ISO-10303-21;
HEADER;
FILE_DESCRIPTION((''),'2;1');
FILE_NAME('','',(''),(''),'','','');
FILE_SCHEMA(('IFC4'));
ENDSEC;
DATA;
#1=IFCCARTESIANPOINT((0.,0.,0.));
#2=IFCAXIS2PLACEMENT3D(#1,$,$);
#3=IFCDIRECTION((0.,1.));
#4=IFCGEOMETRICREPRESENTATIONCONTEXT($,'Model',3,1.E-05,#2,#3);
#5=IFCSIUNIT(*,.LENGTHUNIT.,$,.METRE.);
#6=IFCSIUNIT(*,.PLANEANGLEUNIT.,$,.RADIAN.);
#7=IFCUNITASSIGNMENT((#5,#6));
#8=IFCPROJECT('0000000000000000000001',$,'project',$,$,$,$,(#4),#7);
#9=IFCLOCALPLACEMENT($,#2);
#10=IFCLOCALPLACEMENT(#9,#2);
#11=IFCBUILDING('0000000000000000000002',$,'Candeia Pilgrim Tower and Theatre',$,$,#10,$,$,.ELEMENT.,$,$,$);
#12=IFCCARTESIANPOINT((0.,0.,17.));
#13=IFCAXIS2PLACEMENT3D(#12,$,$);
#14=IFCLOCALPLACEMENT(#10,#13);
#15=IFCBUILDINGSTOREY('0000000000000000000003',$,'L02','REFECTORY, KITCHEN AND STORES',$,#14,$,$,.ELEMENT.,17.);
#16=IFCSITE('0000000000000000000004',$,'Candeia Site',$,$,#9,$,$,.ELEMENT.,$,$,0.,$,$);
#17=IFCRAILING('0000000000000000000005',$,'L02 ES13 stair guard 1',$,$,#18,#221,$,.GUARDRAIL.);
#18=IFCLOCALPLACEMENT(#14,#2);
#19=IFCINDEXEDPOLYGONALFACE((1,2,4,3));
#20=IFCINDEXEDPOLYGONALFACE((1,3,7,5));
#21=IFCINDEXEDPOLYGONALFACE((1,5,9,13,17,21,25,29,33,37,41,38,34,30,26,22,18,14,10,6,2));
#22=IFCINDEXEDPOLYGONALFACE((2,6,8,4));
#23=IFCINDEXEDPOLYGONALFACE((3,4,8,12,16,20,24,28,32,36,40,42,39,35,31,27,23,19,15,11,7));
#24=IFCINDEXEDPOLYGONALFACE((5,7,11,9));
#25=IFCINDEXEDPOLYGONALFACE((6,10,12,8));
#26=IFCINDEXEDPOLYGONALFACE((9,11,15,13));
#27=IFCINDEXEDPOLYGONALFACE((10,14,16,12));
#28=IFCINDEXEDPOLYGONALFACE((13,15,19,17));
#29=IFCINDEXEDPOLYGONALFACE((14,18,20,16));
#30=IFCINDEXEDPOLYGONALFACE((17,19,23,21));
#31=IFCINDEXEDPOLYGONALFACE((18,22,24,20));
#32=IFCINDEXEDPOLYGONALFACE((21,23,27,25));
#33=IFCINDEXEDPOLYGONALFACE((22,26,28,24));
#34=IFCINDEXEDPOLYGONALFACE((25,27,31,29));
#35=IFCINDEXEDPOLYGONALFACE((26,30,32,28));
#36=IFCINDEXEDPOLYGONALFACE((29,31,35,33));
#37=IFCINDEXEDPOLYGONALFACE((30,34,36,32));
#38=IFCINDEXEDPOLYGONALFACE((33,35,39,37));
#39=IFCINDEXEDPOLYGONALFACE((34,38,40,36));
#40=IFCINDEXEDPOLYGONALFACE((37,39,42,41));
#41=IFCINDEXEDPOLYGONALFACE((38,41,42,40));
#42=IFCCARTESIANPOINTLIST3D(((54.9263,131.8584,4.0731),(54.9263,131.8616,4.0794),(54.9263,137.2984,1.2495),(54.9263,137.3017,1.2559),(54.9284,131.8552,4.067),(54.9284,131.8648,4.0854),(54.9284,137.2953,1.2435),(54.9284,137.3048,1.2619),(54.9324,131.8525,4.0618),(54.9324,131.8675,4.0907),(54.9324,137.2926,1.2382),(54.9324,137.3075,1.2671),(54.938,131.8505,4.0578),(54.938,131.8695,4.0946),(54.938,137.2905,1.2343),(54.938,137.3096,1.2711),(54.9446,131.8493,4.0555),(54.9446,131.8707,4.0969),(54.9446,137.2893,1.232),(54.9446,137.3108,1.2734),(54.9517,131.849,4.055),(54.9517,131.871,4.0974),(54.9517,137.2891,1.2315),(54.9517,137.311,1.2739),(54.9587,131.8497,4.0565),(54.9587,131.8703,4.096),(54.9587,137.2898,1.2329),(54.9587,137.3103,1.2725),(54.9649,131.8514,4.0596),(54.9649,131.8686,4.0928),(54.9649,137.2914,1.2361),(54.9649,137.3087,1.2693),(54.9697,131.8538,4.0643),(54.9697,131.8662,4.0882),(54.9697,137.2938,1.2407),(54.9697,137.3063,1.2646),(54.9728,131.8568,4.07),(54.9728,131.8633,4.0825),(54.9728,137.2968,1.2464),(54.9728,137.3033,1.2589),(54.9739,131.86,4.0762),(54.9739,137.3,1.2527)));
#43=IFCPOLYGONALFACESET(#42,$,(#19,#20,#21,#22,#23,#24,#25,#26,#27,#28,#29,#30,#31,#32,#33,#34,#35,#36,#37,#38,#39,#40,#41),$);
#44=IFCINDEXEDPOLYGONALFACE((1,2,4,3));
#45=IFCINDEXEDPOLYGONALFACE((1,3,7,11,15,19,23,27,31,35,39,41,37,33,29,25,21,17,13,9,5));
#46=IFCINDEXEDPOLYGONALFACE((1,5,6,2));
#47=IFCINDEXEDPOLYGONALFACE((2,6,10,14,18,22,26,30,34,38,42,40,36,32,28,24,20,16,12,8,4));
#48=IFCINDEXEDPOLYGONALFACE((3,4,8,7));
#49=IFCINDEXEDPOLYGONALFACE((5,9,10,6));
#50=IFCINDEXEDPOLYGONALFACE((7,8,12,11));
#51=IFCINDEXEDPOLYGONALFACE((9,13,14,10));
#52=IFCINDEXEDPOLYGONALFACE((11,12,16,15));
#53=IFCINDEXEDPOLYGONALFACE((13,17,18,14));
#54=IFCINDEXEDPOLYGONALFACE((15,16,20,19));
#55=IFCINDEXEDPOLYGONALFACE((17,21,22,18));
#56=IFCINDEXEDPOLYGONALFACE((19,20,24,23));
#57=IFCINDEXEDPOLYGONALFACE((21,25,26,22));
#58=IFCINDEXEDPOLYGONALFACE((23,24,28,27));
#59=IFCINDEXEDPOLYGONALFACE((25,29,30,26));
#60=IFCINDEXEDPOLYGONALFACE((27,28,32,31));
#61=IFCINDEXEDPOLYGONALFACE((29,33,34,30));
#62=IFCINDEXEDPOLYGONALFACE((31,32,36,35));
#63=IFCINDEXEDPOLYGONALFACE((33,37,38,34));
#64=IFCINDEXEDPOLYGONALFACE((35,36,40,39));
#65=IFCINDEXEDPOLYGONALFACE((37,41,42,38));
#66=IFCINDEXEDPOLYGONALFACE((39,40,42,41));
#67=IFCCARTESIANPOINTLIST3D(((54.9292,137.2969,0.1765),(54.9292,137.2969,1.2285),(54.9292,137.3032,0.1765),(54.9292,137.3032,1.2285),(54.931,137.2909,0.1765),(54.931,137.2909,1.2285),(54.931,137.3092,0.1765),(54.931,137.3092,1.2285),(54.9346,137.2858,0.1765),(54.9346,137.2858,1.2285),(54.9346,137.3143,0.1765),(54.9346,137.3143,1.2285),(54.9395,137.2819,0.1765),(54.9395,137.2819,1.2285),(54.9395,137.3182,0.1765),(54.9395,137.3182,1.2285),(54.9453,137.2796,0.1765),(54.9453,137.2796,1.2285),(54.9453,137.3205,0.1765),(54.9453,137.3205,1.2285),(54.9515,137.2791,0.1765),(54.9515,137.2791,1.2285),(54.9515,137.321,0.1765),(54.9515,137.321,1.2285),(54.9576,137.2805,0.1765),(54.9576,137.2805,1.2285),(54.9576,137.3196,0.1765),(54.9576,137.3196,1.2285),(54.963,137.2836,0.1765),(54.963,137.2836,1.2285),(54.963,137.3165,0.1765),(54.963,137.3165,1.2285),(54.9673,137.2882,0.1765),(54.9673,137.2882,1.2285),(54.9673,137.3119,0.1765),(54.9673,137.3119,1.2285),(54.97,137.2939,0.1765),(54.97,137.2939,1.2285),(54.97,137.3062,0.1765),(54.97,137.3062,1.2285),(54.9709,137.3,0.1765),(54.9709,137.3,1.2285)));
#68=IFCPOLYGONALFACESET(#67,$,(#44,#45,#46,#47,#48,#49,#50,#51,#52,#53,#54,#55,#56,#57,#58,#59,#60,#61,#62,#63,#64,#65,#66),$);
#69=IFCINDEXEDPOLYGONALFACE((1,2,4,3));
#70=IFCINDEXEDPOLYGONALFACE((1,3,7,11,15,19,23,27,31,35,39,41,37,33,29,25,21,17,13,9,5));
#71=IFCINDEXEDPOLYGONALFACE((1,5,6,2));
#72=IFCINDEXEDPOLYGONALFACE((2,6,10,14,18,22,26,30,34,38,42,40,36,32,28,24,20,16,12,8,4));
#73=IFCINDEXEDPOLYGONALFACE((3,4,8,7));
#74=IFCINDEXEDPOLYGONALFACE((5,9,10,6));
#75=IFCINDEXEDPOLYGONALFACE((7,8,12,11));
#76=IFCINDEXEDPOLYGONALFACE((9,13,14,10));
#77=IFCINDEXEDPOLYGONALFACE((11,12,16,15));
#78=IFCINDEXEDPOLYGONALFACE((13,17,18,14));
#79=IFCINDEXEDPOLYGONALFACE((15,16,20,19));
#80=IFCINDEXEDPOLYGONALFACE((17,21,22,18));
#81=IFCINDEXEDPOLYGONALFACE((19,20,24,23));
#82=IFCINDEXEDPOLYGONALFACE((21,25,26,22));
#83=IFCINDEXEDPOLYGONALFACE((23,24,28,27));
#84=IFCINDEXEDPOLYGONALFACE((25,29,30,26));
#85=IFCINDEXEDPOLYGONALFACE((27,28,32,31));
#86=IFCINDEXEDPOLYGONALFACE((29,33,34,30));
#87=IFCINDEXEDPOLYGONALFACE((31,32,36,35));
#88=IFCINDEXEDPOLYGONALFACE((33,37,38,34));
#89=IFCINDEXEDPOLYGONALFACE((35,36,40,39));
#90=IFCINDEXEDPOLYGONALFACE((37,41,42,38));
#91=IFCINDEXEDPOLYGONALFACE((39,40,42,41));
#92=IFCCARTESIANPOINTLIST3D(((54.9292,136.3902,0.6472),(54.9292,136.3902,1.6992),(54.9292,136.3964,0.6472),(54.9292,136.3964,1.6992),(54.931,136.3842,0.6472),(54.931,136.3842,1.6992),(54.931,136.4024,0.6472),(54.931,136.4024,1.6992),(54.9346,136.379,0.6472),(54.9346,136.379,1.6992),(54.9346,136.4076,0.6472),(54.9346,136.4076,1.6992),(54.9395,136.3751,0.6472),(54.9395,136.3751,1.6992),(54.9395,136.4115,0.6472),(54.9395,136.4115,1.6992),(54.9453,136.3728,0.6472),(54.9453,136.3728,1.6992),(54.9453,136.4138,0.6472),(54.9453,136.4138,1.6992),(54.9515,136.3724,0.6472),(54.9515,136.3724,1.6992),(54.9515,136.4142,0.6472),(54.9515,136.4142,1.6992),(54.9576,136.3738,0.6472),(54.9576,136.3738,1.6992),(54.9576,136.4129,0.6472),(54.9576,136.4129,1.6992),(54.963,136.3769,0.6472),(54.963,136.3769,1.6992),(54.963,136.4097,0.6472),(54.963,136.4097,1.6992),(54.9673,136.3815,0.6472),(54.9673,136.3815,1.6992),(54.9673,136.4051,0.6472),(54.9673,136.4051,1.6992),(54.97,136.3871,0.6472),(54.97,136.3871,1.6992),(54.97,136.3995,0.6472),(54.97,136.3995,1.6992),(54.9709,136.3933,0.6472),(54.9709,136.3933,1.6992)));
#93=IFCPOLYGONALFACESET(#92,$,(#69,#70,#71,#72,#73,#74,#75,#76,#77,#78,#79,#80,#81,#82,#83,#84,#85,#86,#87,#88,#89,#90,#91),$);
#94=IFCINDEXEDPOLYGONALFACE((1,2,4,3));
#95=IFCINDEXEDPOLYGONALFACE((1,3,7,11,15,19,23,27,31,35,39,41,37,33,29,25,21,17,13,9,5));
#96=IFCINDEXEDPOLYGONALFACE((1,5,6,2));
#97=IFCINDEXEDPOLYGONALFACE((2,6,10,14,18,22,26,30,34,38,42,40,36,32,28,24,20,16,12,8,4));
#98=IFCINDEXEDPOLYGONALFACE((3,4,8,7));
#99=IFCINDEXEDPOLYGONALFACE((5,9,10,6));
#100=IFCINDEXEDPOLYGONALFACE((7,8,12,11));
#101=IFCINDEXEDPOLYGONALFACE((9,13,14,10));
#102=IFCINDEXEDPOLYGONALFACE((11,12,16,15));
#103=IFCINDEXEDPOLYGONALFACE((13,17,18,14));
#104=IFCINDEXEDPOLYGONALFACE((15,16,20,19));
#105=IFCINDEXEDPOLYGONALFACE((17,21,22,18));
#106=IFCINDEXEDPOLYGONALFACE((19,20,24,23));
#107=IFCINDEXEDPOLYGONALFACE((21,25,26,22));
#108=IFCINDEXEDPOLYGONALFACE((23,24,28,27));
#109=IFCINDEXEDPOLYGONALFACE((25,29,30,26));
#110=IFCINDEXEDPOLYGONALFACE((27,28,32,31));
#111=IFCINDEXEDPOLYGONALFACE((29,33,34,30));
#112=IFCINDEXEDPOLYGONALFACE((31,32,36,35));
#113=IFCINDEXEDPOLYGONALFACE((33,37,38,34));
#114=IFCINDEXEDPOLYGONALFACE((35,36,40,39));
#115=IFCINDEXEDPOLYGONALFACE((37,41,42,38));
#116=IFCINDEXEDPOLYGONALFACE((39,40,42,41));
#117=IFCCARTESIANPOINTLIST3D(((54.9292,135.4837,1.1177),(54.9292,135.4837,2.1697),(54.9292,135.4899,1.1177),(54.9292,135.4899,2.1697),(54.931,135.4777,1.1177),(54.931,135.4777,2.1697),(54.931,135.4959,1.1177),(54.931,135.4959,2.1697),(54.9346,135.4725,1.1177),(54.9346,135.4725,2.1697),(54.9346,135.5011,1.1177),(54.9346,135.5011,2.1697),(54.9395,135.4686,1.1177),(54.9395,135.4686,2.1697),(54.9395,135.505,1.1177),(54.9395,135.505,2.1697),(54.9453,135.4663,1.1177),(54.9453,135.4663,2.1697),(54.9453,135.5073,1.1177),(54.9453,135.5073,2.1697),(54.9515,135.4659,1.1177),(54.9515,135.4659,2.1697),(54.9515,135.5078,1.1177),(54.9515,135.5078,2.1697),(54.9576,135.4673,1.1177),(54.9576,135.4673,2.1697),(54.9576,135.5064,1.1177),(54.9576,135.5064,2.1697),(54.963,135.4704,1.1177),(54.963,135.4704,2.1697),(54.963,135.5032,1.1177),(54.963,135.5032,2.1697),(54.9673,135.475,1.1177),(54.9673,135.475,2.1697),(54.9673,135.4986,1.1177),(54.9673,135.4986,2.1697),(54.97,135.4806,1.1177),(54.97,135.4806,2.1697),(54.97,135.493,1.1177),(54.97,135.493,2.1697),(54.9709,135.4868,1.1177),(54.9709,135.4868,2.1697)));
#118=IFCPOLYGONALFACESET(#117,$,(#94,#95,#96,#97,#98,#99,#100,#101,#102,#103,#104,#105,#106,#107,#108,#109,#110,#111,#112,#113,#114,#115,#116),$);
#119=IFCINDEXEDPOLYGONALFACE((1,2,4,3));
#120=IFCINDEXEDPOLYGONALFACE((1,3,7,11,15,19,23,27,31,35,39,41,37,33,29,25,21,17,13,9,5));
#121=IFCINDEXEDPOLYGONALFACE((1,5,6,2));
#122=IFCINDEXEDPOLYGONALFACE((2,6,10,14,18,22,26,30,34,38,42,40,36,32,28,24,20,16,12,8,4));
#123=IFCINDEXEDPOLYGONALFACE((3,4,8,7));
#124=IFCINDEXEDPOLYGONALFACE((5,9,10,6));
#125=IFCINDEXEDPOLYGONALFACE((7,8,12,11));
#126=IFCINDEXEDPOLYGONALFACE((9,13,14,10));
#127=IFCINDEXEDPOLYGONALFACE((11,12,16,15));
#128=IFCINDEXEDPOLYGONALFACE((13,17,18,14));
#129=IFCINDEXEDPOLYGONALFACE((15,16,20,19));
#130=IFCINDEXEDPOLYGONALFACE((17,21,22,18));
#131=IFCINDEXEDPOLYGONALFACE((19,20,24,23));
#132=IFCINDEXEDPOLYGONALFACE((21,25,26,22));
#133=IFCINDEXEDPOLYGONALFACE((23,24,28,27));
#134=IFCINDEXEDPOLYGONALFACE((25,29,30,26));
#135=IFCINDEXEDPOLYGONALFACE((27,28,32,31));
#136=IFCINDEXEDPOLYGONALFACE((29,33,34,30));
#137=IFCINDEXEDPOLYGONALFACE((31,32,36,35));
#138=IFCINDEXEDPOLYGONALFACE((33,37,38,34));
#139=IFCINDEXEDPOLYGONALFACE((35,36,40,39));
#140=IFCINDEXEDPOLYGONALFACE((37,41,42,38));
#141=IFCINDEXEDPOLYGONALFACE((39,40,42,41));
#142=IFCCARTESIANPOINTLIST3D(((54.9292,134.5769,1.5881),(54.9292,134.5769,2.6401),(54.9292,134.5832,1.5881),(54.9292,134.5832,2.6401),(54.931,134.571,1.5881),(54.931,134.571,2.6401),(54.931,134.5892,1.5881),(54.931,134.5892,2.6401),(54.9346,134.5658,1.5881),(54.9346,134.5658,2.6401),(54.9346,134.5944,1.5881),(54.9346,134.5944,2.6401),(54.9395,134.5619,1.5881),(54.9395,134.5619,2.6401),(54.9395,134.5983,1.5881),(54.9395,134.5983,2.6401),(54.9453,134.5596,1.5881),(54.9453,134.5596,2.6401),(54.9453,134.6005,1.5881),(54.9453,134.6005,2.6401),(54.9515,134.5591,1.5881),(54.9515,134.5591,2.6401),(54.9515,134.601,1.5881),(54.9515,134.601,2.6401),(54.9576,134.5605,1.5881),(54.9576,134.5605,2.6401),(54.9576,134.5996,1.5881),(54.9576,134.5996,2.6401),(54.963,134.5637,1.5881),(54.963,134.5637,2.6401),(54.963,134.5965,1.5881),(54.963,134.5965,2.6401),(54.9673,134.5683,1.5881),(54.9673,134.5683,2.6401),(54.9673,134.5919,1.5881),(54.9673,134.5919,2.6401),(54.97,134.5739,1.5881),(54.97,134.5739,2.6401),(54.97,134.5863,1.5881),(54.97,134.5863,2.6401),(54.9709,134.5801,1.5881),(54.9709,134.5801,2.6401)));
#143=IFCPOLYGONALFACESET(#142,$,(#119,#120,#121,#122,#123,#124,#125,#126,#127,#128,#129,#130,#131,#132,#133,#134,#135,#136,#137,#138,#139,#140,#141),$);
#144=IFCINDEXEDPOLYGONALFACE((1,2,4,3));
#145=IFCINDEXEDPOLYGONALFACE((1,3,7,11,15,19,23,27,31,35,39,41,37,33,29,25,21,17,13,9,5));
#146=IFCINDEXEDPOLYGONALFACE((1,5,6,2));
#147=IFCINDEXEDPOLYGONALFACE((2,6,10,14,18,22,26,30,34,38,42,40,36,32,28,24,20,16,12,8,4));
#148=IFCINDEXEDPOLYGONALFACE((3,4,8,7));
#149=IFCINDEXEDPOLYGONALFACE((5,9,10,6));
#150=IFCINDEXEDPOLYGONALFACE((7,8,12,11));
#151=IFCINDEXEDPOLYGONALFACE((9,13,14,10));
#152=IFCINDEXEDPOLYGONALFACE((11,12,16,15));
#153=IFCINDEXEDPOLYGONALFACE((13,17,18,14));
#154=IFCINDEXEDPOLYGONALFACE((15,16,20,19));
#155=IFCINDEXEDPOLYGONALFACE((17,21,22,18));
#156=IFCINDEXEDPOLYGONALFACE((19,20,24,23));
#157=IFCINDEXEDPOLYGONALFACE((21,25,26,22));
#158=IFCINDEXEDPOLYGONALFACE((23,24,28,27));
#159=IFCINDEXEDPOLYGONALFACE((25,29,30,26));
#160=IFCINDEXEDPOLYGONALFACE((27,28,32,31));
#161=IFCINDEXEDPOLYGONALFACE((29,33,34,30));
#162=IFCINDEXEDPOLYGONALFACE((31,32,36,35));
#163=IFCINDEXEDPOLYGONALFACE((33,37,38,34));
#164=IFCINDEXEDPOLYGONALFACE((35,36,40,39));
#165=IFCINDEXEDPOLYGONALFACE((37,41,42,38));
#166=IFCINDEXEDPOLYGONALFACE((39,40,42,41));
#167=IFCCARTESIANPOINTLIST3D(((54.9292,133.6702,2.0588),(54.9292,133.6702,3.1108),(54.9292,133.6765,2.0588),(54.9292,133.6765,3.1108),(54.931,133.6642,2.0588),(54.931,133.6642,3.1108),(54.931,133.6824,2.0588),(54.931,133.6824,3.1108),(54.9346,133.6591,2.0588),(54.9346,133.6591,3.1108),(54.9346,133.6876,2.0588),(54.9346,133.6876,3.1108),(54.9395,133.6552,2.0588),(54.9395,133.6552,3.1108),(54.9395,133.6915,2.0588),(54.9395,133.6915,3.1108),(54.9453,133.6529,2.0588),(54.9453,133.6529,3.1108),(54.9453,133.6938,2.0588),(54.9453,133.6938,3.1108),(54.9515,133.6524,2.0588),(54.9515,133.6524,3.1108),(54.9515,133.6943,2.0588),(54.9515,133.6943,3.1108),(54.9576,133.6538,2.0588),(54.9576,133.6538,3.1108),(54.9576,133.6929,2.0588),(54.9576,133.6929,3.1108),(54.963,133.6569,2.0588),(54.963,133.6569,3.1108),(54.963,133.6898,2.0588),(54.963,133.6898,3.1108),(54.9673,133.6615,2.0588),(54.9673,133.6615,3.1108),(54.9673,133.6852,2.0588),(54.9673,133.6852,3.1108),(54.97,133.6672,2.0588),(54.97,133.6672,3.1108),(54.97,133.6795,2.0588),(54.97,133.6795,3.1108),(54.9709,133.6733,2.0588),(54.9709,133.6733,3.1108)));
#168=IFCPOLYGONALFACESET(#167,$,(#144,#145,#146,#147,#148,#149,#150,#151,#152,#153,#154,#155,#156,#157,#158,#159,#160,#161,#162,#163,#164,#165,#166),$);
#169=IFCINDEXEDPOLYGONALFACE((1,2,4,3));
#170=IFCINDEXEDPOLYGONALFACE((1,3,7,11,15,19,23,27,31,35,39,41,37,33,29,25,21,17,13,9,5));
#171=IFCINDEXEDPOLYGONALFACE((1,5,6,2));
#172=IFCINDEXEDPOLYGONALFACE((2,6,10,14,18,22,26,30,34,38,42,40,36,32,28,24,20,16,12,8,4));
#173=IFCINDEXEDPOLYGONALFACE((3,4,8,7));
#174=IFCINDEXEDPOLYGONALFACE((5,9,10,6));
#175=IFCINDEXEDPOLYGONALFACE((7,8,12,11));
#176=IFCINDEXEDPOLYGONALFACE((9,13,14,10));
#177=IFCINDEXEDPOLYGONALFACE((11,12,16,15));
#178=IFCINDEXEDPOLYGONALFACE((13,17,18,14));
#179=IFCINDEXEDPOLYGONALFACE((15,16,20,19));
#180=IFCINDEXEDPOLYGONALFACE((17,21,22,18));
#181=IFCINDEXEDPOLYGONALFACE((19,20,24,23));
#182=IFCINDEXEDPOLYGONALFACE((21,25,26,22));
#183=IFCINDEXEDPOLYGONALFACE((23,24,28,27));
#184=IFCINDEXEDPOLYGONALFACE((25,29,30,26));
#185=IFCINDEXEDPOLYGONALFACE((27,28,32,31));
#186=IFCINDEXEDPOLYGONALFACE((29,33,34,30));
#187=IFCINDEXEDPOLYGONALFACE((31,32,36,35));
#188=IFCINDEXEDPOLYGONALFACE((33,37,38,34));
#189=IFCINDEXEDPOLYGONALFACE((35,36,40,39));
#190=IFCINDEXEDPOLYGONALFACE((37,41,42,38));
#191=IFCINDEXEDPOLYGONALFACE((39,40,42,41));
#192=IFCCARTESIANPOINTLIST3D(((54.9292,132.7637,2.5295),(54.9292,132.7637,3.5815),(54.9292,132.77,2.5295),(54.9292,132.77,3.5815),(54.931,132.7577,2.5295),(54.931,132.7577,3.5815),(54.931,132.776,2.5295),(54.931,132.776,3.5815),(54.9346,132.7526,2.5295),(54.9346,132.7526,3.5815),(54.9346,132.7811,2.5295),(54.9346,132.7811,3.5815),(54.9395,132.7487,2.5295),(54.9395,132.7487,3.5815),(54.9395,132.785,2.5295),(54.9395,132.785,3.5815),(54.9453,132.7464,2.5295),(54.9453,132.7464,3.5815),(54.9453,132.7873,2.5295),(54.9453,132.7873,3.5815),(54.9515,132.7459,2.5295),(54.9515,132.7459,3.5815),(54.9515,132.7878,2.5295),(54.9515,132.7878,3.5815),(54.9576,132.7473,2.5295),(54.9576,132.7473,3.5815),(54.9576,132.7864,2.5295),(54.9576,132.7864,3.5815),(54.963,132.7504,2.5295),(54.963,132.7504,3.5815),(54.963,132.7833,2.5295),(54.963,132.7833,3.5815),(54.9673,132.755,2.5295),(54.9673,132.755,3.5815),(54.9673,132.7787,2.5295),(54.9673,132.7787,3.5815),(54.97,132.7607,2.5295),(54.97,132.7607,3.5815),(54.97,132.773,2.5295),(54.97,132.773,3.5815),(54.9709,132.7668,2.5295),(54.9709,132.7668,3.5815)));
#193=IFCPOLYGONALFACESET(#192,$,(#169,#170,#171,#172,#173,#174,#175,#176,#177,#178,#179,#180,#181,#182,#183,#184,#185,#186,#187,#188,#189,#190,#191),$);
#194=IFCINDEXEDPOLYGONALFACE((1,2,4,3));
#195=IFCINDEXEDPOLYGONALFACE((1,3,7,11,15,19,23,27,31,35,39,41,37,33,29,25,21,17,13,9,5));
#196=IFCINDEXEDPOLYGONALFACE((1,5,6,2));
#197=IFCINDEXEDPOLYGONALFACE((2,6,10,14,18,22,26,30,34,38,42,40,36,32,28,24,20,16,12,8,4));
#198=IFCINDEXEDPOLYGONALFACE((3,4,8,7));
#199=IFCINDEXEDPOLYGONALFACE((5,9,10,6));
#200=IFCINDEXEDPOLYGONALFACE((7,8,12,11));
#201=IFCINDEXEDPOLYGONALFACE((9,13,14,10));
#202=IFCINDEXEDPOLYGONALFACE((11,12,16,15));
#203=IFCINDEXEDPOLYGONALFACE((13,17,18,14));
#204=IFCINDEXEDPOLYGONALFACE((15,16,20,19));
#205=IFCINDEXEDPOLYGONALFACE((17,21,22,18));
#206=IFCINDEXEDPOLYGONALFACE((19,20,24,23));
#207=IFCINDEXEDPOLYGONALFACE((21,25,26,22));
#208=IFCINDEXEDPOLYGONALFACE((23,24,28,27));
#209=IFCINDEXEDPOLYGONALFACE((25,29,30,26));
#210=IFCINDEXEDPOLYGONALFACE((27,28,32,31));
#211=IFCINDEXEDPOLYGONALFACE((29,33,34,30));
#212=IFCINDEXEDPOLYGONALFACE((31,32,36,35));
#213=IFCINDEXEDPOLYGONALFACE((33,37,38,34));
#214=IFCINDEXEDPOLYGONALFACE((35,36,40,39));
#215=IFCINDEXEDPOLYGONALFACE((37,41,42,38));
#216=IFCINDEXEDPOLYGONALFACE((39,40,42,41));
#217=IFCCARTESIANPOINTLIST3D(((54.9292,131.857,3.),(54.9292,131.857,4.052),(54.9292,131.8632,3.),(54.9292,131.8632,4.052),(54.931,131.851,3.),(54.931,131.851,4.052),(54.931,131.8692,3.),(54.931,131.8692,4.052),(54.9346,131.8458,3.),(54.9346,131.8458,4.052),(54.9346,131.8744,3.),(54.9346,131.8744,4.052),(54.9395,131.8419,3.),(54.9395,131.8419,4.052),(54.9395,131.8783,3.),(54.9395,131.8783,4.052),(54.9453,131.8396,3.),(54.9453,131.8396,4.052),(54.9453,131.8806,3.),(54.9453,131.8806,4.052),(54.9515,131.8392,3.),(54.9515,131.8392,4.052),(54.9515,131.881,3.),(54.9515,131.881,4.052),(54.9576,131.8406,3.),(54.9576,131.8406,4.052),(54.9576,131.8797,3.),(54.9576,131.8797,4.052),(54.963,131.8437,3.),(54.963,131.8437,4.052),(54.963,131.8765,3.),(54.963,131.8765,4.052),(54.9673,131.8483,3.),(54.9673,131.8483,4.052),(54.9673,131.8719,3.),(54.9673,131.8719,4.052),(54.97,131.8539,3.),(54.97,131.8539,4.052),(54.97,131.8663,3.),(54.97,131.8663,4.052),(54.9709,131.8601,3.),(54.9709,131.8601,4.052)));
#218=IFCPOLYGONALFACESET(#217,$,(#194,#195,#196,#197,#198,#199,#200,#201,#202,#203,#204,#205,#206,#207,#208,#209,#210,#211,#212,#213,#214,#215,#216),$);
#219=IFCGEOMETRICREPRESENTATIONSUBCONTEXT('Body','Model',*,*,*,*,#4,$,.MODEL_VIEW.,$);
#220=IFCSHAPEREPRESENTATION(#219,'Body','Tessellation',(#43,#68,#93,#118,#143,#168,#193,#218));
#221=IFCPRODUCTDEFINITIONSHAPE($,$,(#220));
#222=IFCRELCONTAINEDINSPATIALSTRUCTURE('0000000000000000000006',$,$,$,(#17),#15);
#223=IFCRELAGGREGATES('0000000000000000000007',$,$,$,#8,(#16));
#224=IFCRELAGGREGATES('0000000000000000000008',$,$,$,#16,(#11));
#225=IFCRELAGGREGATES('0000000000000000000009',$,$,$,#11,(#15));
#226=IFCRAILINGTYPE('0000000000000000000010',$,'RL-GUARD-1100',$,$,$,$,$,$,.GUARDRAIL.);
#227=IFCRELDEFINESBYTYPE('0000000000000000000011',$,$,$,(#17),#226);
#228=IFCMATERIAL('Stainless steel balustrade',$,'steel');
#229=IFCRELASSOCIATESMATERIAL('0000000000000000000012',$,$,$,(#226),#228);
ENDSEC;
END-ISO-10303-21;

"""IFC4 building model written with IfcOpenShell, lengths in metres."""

from ifc_helpers import new_model, si_unit, direction, frame, origin, origin_2d, place, context, subcontext, project, spatial, circle, extrude, material, type_object, element, save


model = new_model("IFC4")

# Units and contexts
model_context = context("Model", 3, precision=1e-05, world=origin(), true_north=direction((0.0, 1.0)))
body_context = subcontext(model_context, "Body", "Model", "MODEL_VIEW")
ifc_project = project(units=[si_unit("LENGTHUNIT", "METRE"), si_unit("PLANEANGLEUNIT", "RADIAN")], contexts=[model_context])

# Site, building, storey
site_placement = place(None, origin())
site = spatial("IfcSite", under=ifc_project, at=site_placement, Name="Candeia Site", CompositionType="ELEMENT", RefElevation=0.0)
building_placement = place(site_placement, origin())
building = spatial("IfcBuilding", under=site, at=building_placement, Name="Candeia Pilgrim Tower and Theatre", CompositionType="ELEMENT")
storey_placement = place(building_placement, frame((0.0, 0.0, 17.0)))
storey = spatial("IfcBuildingStorey", under=building, at=storey_placement, Name="L02", Description="REFECTORY, KITCHEN AND STORES", CompositionType="ELEMENT", Elevation=17.0)

# Railing
ifc_material_1 = material(Name="Stainless steel balustrade", Category="steel")
railing_type_1 = type_object("IfcRailingType", Name="RL-GUARD-1100", PredefinedType="GUARDRAIL", material=ifc_material_1)
railing_1_placement = place(storey_placement, frame((54.95, 137.3, 0.1765)))
element("IfcRailing", 1, at=railing_1_placement, inside=storey, type_object=railing_type_1, Name="L02 ES13 stair guard 1", PredefinedType="GUARDRAIL", context=body_context, shape_type="SweptSolid", body=[
    extrude(circle(Radius=0.0239, at=origin_2d()), frame((0.0, 0.0, 1.0762), z_axis=(0.0, -0.887569, 0.460674), x_axis=(1.0, 0.0, 0.0)), (0.0, 0.0, 1.0), 6.1292),
    extrude(circle(Radius=0.021, at=origin_2d()), origin(), (0.0, 0.0, 1.0), 1.052),
    extrude(circle(Radius=0.021, at=origin_2d()), frame((0.0, -0.9067, 0.4707)), (0.0, 0.0, 1.0), 1.052),
    extrude(circle(Radius=0.021, at=origin_2d()), frame((0.0, -1.8132, 0.9412)), (0.0, 0.0, 1.0), 1.052),
    extrude(circle(Radius=0.021, at=origin_2d()), frame((0.0, -2.72, 1.4116)), (0.0, 0.0, 1.0), 1.052),
    extrude(circle(Radius=0.021, at=origin_2d()), frame((0.0, -3.6267, 1.8823)), (0.0, 0.0, 1.0), 1.052),
    extrude(circle(Radius=0.021, at=origin_2d()), frame((0.0, -4.5332, 2.353)), (0.0, 0.0, 1.0), 1.052),
    extrude(circle(Radius=0.021, at=origin_2d()), frame((0.0, -5.4399, 2.8235)), (0.0, 0.0, 1.0), 1.052),
])

save(model, "model.ifc")
